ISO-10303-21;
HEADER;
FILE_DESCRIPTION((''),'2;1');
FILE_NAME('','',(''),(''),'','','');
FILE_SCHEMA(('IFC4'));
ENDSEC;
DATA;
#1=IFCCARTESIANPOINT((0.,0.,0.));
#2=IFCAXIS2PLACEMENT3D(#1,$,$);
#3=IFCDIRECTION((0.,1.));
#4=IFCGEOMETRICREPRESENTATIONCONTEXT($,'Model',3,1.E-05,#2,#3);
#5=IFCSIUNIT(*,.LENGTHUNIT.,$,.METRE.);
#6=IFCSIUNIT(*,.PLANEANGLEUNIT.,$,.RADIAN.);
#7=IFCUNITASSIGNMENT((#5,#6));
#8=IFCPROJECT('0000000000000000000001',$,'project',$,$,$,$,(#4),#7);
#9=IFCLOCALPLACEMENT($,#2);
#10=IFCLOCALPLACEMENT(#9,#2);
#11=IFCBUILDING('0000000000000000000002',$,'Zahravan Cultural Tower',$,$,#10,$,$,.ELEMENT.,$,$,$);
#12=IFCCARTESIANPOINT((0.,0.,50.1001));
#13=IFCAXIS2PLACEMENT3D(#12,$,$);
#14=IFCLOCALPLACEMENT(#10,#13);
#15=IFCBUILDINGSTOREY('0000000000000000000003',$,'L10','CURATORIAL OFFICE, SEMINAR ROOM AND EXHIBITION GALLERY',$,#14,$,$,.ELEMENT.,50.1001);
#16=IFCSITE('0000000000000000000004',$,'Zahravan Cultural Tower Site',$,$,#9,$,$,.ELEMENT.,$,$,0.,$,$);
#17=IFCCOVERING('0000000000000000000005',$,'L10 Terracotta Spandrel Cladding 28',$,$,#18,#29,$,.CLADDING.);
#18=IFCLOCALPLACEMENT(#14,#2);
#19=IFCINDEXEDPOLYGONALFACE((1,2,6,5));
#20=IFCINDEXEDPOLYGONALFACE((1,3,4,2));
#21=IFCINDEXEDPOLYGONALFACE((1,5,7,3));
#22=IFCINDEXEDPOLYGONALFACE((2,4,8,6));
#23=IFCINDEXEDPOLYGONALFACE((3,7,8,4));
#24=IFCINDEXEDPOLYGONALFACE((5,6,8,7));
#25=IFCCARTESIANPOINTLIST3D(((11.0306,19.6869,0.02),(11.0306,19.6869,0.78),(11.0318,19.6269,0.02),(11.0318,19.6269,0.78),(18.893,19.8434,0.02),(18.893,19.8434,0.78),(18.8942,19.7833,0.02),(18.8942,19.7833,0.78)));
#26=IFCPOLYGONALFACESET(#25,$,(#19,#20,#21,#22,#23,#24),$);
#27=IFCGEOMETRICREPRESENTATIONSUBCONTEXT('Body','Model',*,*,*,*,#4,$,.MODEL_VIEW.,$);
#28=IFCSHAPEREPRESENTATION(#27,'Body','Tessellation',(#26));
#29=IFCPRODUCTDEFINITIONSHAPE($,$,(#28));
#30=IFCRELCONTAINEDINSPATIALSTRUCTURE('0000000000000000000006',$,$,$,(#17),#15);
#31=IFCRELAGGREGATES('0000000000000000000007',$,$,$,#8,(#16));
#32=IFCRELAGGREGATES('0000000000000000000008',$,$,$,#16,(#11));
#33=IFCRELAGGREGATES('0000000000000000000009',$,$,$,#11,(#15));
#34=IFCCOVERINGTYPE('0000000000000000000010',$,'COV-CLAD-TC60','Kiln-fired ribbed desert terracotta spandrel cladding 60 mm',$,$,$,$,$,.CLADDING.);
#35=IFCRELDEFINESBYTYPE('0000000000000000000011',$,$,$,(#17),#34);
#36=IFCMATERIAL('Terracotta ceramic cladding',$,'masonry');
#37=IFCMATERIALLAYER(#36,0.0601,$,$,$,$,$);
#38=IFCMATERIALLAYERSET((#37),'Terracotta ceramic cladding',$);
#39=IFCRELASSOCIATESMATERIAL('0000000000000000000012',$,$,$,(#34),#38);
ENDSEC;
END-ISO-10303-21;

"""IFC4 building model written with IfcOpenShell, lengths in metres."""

from ifc_helpers import new_model, si_unit, direction, frame, origin, origin_2d, place, context, subcontext, project, spatial, rectangle, extrude, source, transform, mapped, material, layer, layer_set, type_object, element, save


model = new_model("IFC4")

# Units and contexts
model_context = context("Model", 3, precision=1e-05, world=origin(), true_north=direction((0.0, 1.0)))
body_context = subcontext(model_context, "Body", "Model", "MODEL_VIEW")
ifc_project = project(units=[si_unit("LENGTHUNIT", "METRE"), si_unit("PLANEANGLEUNIT", "RADIAN")], contexts=[model_context])

# Site, building, storey
site_placement = place(None, origin())
site = spatial("IfcSite", under=ifc_project, at=site_placement, Name="Zahravan Cultural Tower Site", CompositionType="ELEMENT", RefElevation=0.0)
building_placement = place(site_placement, origin())
building = spatial("IfcBuilding", under=site, at=building_placement, Name="Zahravan Cultural Tower", CompositionType="ELEMENT")
storey_placement = place(building_placement, frame((0.0, 0.0, 50.1001)))
storey = spatial("IfcBuildingStorey", under=building, at=storey_placement, Name="L10", Description="CURATORIAL OFFICE, SEMINAR ROOM AND EXHIBITION GALLERY", CompositionType="ELEMENT", Elevation=50.1001)

# Covering
ifc_material_1 = material(Name="Terracotta ceramic cladding", Category="masonry")
ifc_layer_1 = layer(ifc_material_1, 0.0601)
ifc_layer_set_1 = layer_set([ifc_layer_1], Name="Terracotta ceramic cladding")
covering_type_1 = type_object("IfcCoveringType", Name="COV-CLAD-TC60", Description="Kiln-fired ribbed desert terracotta spandrel cladding 60 mm", PredefinedType="CLADDING", material=ifc_layer_set_1)
shared_shape_1 = source(origin(), body_context, "Body", "SweptSolid", [
    extrude(rectangle(XDim=7.864, YDim=0.0601, at=origin_2d()), origin(), (0.0, 0.0, 1.0), 0.76),
])
covering_1_placement = place(storey_placement, frame((14.9624, 19.7351, 0.02), z_axis=(0.0, 0.0, 1.0), x_axis=(-0.999802, -0.019895, 0.0)))
element("IfcCovering", 1, at=covering_1_placement, inside=storey, type_object=covering_type_1, Name="L10 Terracotta Spandrel Cladding 28", PredefinedType="CLADDING", context=body_context, shape_type="MappedRepresentation", body=[
    mapped(shared_shape_1, transform((0.0, 0.0, 0.0), x_axis=(1.0, 0.0, 0.0), y_axis=(0.0, 1.0, 0.0), z_axis=(0.0, 0.0, 1.0), scale=1.0)),
])

save(model, "model.ifc")
